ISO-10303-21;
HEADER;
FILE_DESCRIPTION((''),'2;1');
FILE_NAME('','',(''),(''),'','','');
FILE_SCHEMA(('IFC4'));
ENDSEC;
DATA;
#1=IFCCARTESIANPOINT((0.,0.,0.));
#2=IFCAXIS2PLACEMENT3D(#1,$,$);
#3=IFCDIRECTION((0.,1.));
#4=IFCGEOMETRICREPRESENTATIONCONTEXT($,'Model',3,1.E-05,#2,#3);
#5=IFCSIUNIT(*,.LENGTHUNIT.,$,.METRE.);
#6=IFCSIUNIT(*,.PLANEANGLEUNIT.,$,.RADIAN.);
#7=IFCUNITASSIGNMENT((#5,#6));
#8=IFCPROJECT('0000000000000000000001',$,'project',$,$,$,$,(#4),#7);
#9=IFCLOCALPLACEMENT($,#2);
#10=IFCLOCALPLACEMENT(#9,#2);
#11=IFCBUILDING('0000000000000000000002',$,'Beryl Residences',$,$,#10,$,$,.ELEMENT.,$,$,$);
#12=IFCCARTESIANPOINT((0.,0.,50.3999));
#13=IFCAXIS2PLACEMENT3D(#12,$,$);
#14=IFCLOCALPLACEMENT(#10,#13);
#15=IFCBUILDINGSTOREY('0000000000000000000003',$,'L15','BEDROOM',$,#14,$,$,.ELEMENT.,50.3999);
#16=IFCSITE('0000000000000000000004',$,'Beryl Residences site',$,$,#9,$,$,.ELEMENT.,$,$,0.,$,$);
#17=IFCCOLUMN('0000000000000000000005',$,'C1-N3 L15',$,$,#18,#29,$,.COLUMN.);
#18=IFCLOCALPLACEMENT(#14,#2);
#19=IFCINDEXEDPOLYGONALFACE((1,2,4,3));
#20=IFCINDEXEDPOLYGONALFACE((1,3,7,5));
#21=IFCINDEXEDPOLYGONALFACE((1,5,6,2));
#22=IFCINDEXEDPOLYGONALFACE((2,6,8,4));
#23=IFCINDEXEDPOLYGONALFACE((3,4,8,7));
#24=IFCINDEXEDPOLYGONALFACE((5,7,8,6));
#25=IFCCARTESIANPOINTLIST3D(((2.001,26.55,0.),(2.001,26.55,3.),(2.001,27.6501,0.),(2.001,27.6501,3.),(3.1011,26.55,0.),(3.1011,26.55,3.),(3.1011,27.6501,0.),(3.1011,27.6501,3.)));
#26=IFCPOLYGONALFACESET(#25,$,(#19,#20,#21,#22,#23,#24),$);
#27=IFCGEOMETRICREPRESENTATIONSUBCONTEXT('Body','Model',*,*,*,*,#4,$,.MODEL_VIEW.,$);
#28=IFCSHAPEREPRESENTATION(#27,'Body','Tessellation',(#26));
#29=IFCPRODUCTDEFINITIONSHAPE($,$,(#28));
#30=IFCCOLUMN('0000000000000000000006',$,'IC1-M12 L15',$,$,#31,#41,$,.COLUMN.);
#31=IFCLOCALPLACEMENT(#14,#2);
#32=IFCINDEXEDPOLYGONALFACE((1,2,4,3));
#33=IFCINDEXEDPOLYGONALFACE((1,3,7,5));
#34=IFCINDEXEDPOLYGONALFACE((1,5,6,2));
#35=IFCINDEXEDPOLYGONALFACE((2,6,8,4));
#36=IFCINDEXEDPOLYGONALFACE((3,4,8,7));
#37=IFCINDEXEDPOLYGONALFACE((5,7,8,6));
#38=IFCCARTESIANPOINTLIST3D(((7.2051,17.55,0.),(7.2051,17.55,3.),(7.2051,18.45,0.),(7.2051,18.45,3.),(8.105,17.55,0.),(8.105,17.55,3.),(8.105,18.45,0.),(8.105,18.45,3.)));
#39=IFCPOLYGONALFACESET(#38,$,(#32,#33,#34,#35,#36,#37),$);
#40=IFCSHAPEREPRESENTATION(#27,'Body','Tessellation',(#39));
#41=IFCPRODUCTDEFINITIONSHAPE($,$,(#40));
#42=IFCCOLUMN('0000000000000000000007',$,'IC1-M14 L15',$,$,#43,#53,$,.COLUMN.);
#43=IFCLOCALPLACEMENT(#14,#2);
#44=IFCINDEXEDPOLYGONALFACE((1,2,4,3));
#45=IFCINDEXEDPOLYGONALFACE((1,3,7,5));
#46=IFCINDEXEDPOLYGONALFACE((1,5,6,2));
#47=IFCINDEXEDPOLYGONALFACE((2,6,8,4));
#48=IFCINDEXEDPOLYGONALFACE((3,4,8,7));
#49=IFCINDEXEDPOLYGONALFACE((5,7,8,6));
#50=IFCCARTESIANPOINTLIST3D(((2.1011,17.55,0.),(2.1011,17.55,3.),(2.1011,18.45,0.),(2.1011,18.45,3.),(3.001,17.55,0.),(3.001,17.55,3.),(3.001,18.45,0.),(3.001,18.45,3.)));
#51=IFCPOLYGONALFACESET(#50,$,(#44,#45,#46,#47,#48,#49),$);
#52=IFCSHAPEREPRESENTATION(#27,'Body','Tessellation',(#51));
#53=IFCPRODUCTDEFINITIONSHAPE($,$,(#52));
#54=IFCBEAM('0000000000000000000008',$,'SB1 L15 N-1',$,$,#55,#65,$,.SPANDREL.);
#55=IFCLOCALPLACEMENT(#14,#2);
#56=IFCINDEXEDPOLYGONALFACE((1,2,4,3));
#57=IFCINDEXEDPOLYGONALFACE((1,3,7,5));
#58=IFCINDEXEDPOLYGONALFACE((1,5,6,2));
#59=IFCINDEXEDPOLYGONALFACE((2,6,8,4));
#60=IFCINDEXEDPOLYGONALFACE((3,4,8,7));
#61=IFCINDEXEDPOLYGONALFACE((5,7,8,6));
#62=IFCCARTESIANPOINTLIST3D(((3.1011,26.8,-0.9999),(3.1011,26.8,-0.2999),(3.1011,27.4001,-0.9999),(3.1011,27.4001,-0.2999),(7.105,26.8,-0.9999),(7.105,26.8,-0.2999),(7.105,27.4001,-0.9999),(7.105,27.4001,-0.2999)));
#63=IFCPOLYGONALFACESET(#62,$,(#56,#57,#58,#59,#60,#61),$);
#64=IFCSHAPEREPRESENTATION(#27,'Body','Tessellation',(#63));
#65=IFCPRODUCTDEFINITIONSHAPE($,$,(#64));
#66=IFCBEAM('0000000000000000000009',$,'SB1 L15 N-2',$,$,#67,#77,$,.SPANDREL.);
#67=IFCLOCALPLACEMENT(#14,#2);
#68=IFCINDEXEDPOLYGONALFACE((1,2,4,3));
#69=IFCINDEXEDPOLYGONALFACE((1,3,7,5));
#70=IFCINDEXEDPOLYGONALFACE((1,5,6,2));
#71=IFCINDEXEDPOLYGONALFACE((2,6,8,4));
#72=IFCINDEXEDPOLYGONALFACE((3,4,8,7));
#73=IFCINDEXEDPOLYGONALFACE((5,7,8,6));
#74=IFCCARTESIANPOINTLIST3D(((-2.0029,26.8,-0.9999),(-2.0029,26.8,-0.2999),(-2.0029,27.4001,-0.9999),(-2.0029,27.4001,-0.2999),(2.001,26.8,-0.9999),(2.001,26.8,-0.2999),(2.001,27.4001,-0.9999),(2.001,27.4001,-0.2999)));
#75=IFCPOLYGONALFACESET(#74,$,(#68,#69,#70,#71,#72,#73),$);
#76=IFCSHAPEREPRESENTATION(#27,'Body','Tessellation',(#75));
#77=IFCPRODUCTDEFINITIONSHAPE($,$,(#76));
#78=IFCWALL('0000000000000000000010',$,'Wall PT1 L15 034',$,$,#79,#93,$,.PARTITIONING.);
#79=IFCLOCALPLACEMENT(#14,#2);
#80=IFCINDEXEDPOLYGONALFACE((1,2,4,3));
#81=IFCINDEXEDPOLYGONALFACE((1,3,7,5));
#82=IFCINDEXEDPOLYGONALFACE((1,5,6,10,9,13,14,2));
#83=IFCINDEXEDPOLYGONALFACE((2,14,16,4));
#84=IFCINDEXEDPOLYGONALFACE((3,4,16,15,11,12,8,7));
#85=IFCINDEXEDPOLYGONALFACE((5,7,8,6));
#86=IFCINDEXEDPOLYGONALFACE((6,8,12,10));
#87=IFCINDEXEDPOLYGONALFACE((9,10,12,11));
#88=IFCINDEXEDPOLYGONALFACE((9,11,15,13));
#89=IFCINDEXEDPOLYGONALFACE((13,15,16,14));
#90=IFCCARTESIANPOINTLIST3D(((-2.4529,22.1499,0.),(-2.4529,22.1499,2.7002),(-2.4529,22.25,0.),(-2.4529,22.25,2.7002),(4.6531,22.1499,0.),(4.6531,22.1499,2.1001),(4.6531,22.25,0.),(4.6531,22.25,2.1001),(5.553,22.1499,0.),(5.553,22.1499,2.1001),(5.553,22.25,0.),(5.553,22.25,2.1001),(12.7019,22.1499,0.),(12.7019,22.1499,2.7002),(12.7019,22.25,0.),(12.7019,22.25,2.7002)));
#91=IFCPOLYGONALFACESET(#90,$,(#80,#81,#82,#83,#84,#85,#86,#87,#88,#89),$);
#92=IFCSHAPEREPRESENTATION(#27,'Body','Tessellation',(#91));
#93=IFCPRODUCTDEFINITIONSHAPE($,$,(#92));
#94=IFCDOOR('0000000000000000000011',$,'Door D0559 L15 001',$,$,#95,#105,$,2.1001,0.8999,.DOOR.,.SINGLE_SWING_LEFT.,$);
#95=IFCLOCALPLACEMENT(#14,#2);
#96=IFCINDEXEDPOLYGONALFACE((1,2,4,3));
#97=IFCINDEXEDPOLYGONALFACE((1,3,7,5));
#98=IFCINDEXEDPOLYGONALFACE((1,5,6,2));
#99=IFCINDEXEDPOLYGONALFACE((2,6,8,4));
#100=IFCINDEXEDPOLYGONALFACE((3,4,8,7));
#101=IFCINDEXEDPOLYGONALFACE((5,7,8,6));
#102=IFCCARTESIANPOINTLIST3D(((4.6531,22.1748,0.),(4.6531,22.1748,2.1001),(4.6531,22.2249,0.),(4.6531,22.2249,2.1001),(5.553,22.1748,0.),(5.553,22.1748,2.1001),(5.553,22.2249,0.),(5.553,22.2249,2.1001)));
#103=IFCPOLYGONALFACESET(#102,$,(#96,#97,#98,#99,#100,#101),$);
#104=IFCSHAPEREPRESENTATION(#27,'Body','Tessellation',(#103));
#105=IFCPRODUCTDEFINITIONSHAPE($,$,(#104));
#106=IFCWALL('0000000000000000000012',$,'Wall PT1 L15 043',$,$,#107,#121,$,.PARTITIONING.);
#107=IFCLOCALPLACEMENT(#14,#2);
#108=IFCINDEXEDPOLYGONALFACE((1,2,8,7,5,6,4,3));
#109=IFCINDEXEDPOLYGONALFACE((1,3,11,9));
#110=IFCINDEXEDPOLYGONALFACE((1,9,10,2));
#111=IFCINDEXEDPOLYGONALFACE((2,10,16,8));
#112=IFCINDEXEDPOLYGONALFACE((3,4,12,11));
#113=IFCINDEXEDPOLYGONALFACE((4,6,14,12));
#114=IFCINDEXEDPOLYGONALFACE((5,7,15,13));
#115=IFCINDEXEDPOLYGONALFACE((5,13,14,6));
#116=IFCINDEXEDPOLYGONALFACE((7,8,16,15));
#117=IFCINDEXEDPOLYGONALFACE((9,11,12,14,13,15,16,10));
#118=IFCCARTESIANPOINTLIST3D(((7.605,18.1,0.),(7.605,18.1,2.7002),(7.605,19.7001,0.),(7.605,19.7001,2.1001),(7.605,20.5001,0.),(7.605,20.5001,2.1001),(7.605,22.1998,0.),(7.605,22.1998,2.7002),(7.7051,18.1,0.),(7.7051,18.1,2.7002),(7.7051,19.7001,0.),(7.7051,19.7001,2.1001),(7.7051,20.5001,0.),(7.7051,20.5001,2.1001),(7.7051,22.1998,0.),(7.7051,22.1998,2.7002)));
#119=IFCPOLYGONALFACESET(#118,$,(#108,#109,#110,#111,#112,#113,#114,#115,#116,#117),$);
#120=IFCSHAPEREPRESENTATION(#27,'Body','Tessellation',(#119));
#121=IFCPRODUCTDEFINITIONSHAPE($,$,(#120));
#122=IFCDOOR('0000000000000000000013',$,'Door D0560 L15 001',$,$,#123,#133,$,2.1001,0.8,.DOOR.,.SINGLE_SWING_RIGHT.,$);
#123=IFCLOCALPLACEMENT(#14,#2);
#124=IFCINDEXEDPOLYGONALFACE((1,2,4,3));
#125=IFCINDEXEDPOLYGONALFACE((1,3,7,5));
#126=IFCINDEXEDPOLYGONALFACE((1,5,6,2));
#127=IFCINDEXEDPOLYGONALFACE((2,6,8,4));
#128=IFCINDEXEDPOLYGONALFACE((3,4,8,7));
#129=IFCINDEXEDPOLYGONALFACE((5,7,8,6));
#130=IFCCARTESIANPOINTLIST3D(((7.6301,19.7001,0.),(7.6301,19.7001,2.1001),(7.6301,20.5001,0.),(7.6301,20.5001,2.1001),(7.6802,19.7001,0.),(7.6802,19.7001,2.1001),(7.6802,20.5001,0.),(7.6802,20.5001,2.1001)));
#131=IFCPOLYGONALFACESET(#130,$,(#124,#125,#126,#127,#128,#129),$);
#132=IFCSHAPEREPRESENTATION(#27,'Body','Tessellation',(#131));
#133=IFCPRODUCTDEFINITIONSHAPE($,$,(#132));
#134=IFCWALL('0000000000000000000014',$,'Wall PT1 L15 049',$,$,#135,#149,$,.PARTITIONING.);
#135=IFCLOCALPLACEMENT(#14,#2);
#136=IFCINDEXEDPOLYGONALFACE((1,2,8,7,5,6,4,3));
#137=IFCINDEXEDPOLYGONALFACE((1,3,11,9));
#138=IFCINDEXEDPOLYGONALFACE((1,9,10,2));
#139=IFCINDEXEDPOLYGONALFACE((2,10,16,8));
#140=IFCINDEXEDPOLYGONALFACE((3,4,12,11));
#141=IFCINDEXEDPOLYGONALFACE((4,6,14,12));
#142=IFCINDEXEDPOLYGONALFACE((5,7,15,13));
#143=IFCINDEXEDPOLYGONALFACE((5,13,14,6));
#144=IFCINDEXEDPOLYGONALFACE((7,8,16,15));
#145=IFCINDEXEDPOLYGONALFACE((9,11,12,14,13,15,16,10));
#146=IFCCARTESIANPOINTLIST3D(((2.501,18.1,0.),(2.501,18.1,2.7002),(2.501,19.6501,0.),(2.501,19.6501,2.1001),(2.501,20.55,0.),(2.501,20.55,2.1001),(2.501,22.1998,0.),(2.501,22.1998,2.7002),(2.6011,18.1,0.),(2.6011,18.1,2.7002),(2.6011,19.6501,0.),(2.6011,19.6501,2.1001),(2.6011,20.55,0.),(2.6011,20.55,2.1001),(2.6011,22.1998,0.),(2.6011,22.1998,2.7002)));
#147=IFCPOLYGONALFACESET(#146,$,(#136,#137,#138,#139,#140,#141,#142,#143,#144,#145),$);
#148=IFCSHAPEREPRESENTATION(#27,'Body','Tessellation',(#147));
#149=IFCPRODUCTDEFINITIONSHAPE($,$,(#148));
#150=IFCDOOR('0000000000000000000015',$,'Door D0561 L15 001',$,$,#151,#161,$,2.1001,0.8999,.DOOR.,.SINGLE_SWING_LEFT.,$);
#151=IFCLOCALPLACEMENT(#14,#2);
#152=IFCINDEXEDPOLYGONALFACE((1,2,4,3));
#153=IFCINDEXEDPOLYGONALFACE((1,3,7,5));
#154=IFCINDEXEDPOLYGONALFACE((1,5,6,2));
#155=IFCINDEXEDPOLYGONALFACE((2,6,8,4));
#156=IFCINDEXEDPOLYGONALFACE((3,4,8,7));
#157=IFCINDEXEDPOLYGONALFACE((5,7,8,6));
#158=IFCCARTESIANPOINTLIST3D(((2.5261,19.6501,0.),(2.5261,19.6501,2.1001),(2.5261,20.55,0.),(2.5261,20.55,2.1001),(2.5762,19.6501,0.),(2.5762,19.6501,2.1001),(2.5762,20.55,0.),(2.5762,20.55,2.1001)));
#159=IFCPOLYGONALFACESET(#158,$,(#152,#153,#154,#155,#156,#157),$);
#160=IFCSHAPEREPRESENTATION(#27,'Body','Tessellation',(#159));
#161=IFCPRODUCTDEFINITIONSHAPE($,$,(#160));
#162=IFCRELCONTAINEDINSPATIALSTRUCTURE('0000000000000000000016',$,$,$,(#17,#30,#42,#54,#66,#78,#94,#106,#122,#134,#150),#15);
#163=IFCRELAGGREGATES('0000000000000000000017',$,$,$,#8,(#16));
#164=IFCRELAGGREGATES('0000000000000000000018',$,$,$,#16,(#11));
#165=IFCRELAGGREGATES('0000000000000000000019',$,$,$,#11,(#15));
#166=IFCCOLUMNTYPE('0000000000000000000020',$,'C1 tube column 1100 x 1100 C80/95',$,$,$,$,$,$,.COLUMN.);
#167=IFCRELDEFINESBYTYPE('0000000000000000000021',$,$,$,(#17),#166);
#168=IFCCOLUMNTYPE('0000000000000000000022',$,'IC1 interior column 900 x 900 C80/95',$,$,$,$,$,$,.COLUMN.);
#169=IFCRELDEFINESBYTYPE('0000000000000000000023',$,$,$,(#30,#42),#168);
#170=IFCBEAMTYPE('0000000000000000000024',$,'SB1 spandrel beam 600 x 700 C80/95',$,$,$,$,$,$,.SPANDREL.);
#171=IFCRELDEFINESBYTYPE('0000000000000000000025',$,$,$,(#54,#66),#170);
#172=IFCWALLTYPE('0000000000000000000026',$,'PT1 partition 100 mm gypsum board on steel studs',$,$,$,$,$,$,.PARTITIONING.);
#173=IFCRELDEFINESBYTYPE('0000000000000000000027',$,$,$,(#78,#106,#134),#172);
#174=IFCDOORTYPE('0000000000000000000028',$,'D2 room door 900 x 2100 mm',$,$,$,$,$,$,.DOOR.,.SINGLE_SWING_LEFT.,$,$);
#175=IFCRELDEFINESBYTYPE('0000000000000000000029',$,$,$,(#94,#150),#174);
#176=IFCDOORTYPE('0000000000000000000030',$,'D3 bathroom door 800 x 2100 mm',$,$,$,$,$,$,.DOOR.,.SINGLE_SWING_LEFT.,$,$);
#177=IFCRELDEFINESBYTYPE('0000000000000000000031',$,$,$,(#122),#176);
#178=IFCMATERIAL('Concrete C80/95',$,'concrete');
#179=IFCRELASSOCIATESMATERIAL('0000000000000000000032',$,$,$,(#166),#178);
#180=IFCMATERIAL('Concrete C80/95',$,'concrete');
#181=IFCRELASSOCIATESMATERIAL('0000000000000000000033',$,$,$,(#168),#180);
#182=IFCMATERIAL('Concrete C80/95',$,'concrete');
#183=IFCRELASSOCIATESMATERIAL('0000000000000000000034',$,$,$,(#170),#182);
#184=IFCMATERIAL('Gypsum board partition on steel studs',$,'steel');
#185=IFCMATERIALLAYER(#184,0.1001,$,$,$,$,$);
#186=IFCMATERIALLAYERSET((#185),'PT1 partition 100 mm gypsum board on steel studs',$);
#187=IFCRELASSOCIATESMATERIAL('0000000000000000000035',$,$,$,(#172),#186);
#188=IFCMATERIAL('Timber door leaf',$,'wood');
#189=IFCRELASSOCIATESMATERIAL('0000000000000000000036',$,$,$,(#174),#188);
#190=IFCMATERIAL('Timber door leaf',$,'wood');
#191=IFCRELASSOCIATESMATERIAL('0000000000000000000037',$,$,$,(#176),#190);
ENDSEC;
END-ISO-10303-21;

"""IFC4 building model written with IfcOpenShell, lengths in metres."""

from ifc_helpers import new_model, si_unit, direction, frame, frame_2d, origin, origin_2d, place, context, subcontext, project, spatial, rectangle, extrude, material, layer, layer_set, material_profile, profile_set, type_object, element, fill, save


model = new_model("IFC4")

# Units and contexts
model_context = context("Model", 3, precision=1e-05, world=origin(), true_north=direction((0.0, 1.0)))
body_context = subcontext(model_context, "Body", "Model", "MODEL_VIEW")
ifc_project = project(units=[si_unit("LENGTHUNIT", "METRE"), si_unit("PLANEANGLEUNIT", "RADIAN")], contexts=[model_context])

# Site, building, storey
site_placement = place(None, origin())
site = spatial("IfcSite", under=ifc_project, at=site_placement, Name="Beryl Residences site", CompositionType="ELEMENT", RefElevation=0.0)
building_placement = place(site_placement, origin())
building = spatial("IfcBuilding", under=site, at=building_placement, Name="Beryl Residences", CompositionType="ELEMENT")
storey_placement = place(building_placement, frame((0.0, 0.0, 50.3999)))
storey = spatial("IfcBuildingStorey", under=building, at=storey_placement, Name="L15", Description="BEDROOM", CompositionType="ELEMENT", Elevation=50.3999)

# Columns
ifc_material_1 = material(Name="Concrete C80/95", Category="concrete")
ifc_material_profile_1 = material_profile(ifc_material_1, rectangle(XDim=1.1001, YDim=1.1001, at=origin_2d()))
ifc_profile_set_1 = profile_set([ifc_material_profile_1], Name="Concrete C80/95")
column_type_1 = type_object("IfcColumnType", Name="C1 tube column 1100 x 1100 C80/95", PredefinedType="COLUMN", material=ifc_profile_set_1)
column_placement = place(storey_placement, frame((2.551, 27.1001, 0.0), z_axis=(0.0, 0.0, 1.0), x_axis=(-1.0, 0.0, 0.0)))
element("IfcColumn", 1, at=column_placement, inside=storey, type_object=column_type_1, Name="C1-N3 L15", PredefinedType="COLUMN", context=body_context, shape_type="SweptSolid", body=[
    extrude(rectangle(XDim=1.1001, YDim=1.1001, at=origin_2d()), origin(), (0.0, 0.0, 1.0), 3.0),
])
ifc_material_2 = material(Name="Concrete C80/95", Category="concrete")
ifc_material_profile_2 = material_profile(ifc_material_2, rectangle(XDim=0.8999, YDim=0.8999, at=origin_2d()))
ifc_profile_set_2 = profile_set([ifc_material_profile_2], Name="Concrete C80/95")
column_type_2 = type_object("IfcColumnType", Name="IC1 interior column 900 x 900 C80/95", PredefinedType="COLUMN", material=ifc_profile_set_2)
for number, where, z_axis, x_axis, name in (
    (2, (7.655, 18.0, 0.0), (0.0, 0.0, 1.0), (-1.0, 0.0, 0.0), "IC1-M12 L15"),
    (3, (2.551, 18.0, 0.0), (0.0, 0.0, 1.0), (-1.0, 0.0, 0.0), "IC1-M14 L15"),
):
    element("IfcColumn", number, at=place(storey_placement, frame(where, z_axis=z_axis, x_axis=x_axis)), inside=storey, type_object=column_type_2, Name=name, PredefinedType="COLUMN", context=body_context, shape_type="SweptSolid", body=[
        extrude(rectangle(XDim=0.8999, YDim=0.8999, at=origin_2d()), origin(), (0.0, 0.0, 1.0), 3.0),
    ])

# Beams
ifc_material_3 = material(Name="Concrete C80/95", Category="concrete")
ifc_material_profile_3 = material_profile(ifc_material_3, rectangle(XDim=0.6001, YDim=0.7, at=origin_2d()))
ifc_profile_set_3 = profile_set([ifc_material_profile_3], Name="Concrete C80/95")
beam_type = type_object("IfcBeamType", Name="SB1 spandrel beam 600 x 700 C80/95", PredefinedType="SPANDREL", material=ifc_profile_set_3)
for number, where, z_axis, x_axis, name in (
    (4, (7.105, 27.1001, -0.6499), (-1.0, 0.0, 0.0), (0.0, -1.0, 0.0), "SB1 L15 N-1"),
    (5, (2.001, 27.1001, -0.6499), (-1.0, 0.0, 0.0), (0.0, -1.0, 0.0), "SB1 L15 N-2"),
):
    element("IfcBeam", number, at=place(storey_placement, frame(where, z_axis=z_axis, x_axis=x_axis)), inside=storey, type_object=beam_type, Name=name, PredefinedType="SPANDREL", context=body_context, shape_type="SweptSolid", body=[
        extrude(rectangle(XDim=0.6001, YDim=0.7, at=origin_2d()), origin(), (0.0, 0.0, 1.0), 4.0039),
    ])

# Walls, openings, doors
ifc_material_4 = material(Name="Gypsum board partition on steel studs", Category="steel")
ifc_layer = layer(ifc_material_4, 0.1001)
ifc_layer_set = layer_set([ifc_layer], Name="PT1 partition 100 mm gypsum board on steel studs")
wall_type = type_object("IfcWallType", Name="PT1 partition 100 mm gypsum board on steel studs", PredefinedType="PARTITIONING", material=ifc_layer_set)
wall_1_placement = place(storey_placement, frame((-2.4529, 22.2, 0.0), z_axis=(0.0, 0.0, 1.0), x_axis=(1.0, 0.0, 0.0)))
wall_1 = element("IfcWall", 6, at=wall_1_placement, inside=storey, type_object=wall_type, Name="Wall PT1 L15 034", PredefinedType="PARTITIONING", context=body_context, shape_type="SweptSolid", body=[
    extrude(rectangle(XDim=15.1548, YDim=0.1001, at=frame_2d((7.5774, 0.0))), origin(), (0.0, 0.0, 1.0), 2.7002),
])
opening_1_placement = place(wall_1_placement, frame((7.106, 0.0, 0.0)))
opening_1 = element("IfcOpeningElement", 7, at=opening_1_placement, cuts=wall_1, PredefinedType="OPENING", context=body_context, shape_type="SweptSolid", body=[
    extrude(rectangle(XDim=0.8999, YDim=2.1001, at=frame_2d((0.45, 1.05))), frame((0.0, 0.0601, 0.0), z_axis=(0.0, -1.0, 0.0), x_axis=(1.0, 0.0, 0.0)), (0.0, 0.0, 1.0), 0.1201),
])
ifc_material_5 = material(Name="Timber door leaf", Category="wood")
door_type_1 = type_object("IfcDoorType", Name="D2 room door 900 x 2100 mm", OperationType="SINGLE_SWING_LEFT", PredefinedType="DOOR", material=ifc_material_5)
door_1_placement = place(opening_1_placement, origin())
door_1 = element("IfcDoor", 8, at=door_1_placement, inside=storey, type_object=door_type_1, Name="Door D0559 L15 001", OperationType="SINGLE_SWING_LEFT", OverallHeight=2.1001, OverallWidth=0.8999, PredefinedType="DOOR", context=body_context, shape_type="SweptSolid", body=[
    extrude(rectangle(XDim=0.8999, YDim=2.1001, at=frame_2d((0.45, 1.05))), frame((0.0, 0.0249, 0.0), z_axis=(0.0, -1.0, 0.0), x_axis=(1.0, 0.0, 0.0)), (0.0, 0.0, 1.0), 0.05),
])
fill(opening_1, door_1)
wall_2_placement = place(storey_placement, frame((7.655, 18.1001, 0.0), z_axis=(0.0, 0.0, 1.0), x_axis=(0.0, 1.0, 0.0)))
wall_2 = element("IfcWall", 9, at=wall_2_placement, inside=storey, type_object=wall_type, Name="Wall PT1 L15 043", PredefinedType="PARTITIONING", context=body_context, shape_type="SweptSolid", body=[
    extrude(rectangle(XDim=4.0999, YDim=0.1001, at=frame_2d((2.0498, 0.0))), origin(), (0.0, 0.0, 1.0), 2.7002),
])
opening_2_placement = place(wall_2_placement, frame((1.6001, 0.0, 0.0)))
opening_2 = element("IfcOpeningElement", 10, at=opening_2_placement, cuts=wall_2, PredefinedType="OPENING", context=body_context, shape_type="SweptSolid", body=[
    extrude(rectangle(XDim=0.8, YDim=2.1001, at=frame_2d((0.3999, 1.05))), frame((0.0, 0.0601, 0.0), z_axis=(0.0, -1.0, 0.0), x_axis=(1.0, 0.0, 0.0)), (0.0, 0.0, 1.0), 0.1201),
])
ifc_material_6 = material(Name="Timber door leaf", Category="wood")
door_type_2 = type_object("IfcDoorType", Name="D3 bathroom door 800 x 2100 mm", OperationType="SINGLE_SWING_LEFT", PredefinedType="DOOR", material=ifc_material_6)
door_2_placement = place(opening_2_placement, origin())
door_2 = element("IfcDoor", 11, at=door_2_placement, inside=storey, type_object=door_type_2, Name="Door D0560 L15 001", OperationType="SINGLE_SWING_RIGHT", OverallHeight=2.1001, OverallWidth=0.8, PredefinedType="DOOR", context=body_context, shape_type="SweptSolid", body=[
    extrude(rectangle(XDim=0.8, YDim=2.1001, at=frame_2d((0.3999, 1.05))), frame((0.0, 0.0249, 0.0), z_axis=(0.0, -1.0, 0.0), x_axis=(1.0, 0.0, 0.0)), (0.0, 0.0, 1.0), 0.05),
])
fill(opening_2, door_2)
wall_3_placement = place(storey_placement, frame((2.551, 18.1001, 0.0), z_axis=(0.0, 0.0, 1.0), x_axis=(0.0, 1.0, 0.0)))
wall_3 = element("IfcWall", 12, at=wall_3_placement, inside=storey, type_object=wall_type, Name="Wall PT1 L15 049", PredefinedType="PARTITIONING", context=body_context, shape_type="SweptSolid", body=[
    extrude(rectangle(XDim=4.0999, YDim=0.1001, at=frame_2d((2.0498, 0.0))), origin(), (0.0, 0.0, 1.0), 2.7002),
])
opening_3_placement = place(wall_3_placement, frame((1.55, 0.0, 0.0)))
opening_3 = element("IfcOpeningElement", 13, at=opening_3_placement, cuts=wall_3, PredefinedType="OPENING", context=body_context, shape_type="SweptSolid", body=[
    extrude(rectangle(XDim=0.8999, YDim=2.1001, at=frame_2d((0.45, 1.05))), frame((0.0, 0.0601, 0.0), z_axis=(0.0, -1.0, 0.0), x_axis=(1.0, 0.0, 0.0)), (0.0, 0.0, 1.0), 0.1201),
])
door_3_placement = place(opening_3_placement, origin())
door_3 = element("IfcDoor", 14, at=door_3_placement, inside=storey, type_object=door_type_1, Name="Door D0561 L15 001", OperationType="SINGLE_SWING_LEFT", OverallHeight=2.1001, OverallWidth=0.8999, PredefinedType="DOOR", context=body_context, shape_type="SweptSolid", body=[
    extrude(rectangle(XDim=0.8999, YDim=2.1001, at=frame_2d((0.45, 1.05))), frame((0.0, 0.0249, 0.0), z_axis=(0.0, -1.0, 0.0), x_axis=(1.0, 0.0, 0.0)), (0.0, 0.0, 1.0), 0.05),
])
fill(opening_3, door_3)

save(model, "model.ifc")
